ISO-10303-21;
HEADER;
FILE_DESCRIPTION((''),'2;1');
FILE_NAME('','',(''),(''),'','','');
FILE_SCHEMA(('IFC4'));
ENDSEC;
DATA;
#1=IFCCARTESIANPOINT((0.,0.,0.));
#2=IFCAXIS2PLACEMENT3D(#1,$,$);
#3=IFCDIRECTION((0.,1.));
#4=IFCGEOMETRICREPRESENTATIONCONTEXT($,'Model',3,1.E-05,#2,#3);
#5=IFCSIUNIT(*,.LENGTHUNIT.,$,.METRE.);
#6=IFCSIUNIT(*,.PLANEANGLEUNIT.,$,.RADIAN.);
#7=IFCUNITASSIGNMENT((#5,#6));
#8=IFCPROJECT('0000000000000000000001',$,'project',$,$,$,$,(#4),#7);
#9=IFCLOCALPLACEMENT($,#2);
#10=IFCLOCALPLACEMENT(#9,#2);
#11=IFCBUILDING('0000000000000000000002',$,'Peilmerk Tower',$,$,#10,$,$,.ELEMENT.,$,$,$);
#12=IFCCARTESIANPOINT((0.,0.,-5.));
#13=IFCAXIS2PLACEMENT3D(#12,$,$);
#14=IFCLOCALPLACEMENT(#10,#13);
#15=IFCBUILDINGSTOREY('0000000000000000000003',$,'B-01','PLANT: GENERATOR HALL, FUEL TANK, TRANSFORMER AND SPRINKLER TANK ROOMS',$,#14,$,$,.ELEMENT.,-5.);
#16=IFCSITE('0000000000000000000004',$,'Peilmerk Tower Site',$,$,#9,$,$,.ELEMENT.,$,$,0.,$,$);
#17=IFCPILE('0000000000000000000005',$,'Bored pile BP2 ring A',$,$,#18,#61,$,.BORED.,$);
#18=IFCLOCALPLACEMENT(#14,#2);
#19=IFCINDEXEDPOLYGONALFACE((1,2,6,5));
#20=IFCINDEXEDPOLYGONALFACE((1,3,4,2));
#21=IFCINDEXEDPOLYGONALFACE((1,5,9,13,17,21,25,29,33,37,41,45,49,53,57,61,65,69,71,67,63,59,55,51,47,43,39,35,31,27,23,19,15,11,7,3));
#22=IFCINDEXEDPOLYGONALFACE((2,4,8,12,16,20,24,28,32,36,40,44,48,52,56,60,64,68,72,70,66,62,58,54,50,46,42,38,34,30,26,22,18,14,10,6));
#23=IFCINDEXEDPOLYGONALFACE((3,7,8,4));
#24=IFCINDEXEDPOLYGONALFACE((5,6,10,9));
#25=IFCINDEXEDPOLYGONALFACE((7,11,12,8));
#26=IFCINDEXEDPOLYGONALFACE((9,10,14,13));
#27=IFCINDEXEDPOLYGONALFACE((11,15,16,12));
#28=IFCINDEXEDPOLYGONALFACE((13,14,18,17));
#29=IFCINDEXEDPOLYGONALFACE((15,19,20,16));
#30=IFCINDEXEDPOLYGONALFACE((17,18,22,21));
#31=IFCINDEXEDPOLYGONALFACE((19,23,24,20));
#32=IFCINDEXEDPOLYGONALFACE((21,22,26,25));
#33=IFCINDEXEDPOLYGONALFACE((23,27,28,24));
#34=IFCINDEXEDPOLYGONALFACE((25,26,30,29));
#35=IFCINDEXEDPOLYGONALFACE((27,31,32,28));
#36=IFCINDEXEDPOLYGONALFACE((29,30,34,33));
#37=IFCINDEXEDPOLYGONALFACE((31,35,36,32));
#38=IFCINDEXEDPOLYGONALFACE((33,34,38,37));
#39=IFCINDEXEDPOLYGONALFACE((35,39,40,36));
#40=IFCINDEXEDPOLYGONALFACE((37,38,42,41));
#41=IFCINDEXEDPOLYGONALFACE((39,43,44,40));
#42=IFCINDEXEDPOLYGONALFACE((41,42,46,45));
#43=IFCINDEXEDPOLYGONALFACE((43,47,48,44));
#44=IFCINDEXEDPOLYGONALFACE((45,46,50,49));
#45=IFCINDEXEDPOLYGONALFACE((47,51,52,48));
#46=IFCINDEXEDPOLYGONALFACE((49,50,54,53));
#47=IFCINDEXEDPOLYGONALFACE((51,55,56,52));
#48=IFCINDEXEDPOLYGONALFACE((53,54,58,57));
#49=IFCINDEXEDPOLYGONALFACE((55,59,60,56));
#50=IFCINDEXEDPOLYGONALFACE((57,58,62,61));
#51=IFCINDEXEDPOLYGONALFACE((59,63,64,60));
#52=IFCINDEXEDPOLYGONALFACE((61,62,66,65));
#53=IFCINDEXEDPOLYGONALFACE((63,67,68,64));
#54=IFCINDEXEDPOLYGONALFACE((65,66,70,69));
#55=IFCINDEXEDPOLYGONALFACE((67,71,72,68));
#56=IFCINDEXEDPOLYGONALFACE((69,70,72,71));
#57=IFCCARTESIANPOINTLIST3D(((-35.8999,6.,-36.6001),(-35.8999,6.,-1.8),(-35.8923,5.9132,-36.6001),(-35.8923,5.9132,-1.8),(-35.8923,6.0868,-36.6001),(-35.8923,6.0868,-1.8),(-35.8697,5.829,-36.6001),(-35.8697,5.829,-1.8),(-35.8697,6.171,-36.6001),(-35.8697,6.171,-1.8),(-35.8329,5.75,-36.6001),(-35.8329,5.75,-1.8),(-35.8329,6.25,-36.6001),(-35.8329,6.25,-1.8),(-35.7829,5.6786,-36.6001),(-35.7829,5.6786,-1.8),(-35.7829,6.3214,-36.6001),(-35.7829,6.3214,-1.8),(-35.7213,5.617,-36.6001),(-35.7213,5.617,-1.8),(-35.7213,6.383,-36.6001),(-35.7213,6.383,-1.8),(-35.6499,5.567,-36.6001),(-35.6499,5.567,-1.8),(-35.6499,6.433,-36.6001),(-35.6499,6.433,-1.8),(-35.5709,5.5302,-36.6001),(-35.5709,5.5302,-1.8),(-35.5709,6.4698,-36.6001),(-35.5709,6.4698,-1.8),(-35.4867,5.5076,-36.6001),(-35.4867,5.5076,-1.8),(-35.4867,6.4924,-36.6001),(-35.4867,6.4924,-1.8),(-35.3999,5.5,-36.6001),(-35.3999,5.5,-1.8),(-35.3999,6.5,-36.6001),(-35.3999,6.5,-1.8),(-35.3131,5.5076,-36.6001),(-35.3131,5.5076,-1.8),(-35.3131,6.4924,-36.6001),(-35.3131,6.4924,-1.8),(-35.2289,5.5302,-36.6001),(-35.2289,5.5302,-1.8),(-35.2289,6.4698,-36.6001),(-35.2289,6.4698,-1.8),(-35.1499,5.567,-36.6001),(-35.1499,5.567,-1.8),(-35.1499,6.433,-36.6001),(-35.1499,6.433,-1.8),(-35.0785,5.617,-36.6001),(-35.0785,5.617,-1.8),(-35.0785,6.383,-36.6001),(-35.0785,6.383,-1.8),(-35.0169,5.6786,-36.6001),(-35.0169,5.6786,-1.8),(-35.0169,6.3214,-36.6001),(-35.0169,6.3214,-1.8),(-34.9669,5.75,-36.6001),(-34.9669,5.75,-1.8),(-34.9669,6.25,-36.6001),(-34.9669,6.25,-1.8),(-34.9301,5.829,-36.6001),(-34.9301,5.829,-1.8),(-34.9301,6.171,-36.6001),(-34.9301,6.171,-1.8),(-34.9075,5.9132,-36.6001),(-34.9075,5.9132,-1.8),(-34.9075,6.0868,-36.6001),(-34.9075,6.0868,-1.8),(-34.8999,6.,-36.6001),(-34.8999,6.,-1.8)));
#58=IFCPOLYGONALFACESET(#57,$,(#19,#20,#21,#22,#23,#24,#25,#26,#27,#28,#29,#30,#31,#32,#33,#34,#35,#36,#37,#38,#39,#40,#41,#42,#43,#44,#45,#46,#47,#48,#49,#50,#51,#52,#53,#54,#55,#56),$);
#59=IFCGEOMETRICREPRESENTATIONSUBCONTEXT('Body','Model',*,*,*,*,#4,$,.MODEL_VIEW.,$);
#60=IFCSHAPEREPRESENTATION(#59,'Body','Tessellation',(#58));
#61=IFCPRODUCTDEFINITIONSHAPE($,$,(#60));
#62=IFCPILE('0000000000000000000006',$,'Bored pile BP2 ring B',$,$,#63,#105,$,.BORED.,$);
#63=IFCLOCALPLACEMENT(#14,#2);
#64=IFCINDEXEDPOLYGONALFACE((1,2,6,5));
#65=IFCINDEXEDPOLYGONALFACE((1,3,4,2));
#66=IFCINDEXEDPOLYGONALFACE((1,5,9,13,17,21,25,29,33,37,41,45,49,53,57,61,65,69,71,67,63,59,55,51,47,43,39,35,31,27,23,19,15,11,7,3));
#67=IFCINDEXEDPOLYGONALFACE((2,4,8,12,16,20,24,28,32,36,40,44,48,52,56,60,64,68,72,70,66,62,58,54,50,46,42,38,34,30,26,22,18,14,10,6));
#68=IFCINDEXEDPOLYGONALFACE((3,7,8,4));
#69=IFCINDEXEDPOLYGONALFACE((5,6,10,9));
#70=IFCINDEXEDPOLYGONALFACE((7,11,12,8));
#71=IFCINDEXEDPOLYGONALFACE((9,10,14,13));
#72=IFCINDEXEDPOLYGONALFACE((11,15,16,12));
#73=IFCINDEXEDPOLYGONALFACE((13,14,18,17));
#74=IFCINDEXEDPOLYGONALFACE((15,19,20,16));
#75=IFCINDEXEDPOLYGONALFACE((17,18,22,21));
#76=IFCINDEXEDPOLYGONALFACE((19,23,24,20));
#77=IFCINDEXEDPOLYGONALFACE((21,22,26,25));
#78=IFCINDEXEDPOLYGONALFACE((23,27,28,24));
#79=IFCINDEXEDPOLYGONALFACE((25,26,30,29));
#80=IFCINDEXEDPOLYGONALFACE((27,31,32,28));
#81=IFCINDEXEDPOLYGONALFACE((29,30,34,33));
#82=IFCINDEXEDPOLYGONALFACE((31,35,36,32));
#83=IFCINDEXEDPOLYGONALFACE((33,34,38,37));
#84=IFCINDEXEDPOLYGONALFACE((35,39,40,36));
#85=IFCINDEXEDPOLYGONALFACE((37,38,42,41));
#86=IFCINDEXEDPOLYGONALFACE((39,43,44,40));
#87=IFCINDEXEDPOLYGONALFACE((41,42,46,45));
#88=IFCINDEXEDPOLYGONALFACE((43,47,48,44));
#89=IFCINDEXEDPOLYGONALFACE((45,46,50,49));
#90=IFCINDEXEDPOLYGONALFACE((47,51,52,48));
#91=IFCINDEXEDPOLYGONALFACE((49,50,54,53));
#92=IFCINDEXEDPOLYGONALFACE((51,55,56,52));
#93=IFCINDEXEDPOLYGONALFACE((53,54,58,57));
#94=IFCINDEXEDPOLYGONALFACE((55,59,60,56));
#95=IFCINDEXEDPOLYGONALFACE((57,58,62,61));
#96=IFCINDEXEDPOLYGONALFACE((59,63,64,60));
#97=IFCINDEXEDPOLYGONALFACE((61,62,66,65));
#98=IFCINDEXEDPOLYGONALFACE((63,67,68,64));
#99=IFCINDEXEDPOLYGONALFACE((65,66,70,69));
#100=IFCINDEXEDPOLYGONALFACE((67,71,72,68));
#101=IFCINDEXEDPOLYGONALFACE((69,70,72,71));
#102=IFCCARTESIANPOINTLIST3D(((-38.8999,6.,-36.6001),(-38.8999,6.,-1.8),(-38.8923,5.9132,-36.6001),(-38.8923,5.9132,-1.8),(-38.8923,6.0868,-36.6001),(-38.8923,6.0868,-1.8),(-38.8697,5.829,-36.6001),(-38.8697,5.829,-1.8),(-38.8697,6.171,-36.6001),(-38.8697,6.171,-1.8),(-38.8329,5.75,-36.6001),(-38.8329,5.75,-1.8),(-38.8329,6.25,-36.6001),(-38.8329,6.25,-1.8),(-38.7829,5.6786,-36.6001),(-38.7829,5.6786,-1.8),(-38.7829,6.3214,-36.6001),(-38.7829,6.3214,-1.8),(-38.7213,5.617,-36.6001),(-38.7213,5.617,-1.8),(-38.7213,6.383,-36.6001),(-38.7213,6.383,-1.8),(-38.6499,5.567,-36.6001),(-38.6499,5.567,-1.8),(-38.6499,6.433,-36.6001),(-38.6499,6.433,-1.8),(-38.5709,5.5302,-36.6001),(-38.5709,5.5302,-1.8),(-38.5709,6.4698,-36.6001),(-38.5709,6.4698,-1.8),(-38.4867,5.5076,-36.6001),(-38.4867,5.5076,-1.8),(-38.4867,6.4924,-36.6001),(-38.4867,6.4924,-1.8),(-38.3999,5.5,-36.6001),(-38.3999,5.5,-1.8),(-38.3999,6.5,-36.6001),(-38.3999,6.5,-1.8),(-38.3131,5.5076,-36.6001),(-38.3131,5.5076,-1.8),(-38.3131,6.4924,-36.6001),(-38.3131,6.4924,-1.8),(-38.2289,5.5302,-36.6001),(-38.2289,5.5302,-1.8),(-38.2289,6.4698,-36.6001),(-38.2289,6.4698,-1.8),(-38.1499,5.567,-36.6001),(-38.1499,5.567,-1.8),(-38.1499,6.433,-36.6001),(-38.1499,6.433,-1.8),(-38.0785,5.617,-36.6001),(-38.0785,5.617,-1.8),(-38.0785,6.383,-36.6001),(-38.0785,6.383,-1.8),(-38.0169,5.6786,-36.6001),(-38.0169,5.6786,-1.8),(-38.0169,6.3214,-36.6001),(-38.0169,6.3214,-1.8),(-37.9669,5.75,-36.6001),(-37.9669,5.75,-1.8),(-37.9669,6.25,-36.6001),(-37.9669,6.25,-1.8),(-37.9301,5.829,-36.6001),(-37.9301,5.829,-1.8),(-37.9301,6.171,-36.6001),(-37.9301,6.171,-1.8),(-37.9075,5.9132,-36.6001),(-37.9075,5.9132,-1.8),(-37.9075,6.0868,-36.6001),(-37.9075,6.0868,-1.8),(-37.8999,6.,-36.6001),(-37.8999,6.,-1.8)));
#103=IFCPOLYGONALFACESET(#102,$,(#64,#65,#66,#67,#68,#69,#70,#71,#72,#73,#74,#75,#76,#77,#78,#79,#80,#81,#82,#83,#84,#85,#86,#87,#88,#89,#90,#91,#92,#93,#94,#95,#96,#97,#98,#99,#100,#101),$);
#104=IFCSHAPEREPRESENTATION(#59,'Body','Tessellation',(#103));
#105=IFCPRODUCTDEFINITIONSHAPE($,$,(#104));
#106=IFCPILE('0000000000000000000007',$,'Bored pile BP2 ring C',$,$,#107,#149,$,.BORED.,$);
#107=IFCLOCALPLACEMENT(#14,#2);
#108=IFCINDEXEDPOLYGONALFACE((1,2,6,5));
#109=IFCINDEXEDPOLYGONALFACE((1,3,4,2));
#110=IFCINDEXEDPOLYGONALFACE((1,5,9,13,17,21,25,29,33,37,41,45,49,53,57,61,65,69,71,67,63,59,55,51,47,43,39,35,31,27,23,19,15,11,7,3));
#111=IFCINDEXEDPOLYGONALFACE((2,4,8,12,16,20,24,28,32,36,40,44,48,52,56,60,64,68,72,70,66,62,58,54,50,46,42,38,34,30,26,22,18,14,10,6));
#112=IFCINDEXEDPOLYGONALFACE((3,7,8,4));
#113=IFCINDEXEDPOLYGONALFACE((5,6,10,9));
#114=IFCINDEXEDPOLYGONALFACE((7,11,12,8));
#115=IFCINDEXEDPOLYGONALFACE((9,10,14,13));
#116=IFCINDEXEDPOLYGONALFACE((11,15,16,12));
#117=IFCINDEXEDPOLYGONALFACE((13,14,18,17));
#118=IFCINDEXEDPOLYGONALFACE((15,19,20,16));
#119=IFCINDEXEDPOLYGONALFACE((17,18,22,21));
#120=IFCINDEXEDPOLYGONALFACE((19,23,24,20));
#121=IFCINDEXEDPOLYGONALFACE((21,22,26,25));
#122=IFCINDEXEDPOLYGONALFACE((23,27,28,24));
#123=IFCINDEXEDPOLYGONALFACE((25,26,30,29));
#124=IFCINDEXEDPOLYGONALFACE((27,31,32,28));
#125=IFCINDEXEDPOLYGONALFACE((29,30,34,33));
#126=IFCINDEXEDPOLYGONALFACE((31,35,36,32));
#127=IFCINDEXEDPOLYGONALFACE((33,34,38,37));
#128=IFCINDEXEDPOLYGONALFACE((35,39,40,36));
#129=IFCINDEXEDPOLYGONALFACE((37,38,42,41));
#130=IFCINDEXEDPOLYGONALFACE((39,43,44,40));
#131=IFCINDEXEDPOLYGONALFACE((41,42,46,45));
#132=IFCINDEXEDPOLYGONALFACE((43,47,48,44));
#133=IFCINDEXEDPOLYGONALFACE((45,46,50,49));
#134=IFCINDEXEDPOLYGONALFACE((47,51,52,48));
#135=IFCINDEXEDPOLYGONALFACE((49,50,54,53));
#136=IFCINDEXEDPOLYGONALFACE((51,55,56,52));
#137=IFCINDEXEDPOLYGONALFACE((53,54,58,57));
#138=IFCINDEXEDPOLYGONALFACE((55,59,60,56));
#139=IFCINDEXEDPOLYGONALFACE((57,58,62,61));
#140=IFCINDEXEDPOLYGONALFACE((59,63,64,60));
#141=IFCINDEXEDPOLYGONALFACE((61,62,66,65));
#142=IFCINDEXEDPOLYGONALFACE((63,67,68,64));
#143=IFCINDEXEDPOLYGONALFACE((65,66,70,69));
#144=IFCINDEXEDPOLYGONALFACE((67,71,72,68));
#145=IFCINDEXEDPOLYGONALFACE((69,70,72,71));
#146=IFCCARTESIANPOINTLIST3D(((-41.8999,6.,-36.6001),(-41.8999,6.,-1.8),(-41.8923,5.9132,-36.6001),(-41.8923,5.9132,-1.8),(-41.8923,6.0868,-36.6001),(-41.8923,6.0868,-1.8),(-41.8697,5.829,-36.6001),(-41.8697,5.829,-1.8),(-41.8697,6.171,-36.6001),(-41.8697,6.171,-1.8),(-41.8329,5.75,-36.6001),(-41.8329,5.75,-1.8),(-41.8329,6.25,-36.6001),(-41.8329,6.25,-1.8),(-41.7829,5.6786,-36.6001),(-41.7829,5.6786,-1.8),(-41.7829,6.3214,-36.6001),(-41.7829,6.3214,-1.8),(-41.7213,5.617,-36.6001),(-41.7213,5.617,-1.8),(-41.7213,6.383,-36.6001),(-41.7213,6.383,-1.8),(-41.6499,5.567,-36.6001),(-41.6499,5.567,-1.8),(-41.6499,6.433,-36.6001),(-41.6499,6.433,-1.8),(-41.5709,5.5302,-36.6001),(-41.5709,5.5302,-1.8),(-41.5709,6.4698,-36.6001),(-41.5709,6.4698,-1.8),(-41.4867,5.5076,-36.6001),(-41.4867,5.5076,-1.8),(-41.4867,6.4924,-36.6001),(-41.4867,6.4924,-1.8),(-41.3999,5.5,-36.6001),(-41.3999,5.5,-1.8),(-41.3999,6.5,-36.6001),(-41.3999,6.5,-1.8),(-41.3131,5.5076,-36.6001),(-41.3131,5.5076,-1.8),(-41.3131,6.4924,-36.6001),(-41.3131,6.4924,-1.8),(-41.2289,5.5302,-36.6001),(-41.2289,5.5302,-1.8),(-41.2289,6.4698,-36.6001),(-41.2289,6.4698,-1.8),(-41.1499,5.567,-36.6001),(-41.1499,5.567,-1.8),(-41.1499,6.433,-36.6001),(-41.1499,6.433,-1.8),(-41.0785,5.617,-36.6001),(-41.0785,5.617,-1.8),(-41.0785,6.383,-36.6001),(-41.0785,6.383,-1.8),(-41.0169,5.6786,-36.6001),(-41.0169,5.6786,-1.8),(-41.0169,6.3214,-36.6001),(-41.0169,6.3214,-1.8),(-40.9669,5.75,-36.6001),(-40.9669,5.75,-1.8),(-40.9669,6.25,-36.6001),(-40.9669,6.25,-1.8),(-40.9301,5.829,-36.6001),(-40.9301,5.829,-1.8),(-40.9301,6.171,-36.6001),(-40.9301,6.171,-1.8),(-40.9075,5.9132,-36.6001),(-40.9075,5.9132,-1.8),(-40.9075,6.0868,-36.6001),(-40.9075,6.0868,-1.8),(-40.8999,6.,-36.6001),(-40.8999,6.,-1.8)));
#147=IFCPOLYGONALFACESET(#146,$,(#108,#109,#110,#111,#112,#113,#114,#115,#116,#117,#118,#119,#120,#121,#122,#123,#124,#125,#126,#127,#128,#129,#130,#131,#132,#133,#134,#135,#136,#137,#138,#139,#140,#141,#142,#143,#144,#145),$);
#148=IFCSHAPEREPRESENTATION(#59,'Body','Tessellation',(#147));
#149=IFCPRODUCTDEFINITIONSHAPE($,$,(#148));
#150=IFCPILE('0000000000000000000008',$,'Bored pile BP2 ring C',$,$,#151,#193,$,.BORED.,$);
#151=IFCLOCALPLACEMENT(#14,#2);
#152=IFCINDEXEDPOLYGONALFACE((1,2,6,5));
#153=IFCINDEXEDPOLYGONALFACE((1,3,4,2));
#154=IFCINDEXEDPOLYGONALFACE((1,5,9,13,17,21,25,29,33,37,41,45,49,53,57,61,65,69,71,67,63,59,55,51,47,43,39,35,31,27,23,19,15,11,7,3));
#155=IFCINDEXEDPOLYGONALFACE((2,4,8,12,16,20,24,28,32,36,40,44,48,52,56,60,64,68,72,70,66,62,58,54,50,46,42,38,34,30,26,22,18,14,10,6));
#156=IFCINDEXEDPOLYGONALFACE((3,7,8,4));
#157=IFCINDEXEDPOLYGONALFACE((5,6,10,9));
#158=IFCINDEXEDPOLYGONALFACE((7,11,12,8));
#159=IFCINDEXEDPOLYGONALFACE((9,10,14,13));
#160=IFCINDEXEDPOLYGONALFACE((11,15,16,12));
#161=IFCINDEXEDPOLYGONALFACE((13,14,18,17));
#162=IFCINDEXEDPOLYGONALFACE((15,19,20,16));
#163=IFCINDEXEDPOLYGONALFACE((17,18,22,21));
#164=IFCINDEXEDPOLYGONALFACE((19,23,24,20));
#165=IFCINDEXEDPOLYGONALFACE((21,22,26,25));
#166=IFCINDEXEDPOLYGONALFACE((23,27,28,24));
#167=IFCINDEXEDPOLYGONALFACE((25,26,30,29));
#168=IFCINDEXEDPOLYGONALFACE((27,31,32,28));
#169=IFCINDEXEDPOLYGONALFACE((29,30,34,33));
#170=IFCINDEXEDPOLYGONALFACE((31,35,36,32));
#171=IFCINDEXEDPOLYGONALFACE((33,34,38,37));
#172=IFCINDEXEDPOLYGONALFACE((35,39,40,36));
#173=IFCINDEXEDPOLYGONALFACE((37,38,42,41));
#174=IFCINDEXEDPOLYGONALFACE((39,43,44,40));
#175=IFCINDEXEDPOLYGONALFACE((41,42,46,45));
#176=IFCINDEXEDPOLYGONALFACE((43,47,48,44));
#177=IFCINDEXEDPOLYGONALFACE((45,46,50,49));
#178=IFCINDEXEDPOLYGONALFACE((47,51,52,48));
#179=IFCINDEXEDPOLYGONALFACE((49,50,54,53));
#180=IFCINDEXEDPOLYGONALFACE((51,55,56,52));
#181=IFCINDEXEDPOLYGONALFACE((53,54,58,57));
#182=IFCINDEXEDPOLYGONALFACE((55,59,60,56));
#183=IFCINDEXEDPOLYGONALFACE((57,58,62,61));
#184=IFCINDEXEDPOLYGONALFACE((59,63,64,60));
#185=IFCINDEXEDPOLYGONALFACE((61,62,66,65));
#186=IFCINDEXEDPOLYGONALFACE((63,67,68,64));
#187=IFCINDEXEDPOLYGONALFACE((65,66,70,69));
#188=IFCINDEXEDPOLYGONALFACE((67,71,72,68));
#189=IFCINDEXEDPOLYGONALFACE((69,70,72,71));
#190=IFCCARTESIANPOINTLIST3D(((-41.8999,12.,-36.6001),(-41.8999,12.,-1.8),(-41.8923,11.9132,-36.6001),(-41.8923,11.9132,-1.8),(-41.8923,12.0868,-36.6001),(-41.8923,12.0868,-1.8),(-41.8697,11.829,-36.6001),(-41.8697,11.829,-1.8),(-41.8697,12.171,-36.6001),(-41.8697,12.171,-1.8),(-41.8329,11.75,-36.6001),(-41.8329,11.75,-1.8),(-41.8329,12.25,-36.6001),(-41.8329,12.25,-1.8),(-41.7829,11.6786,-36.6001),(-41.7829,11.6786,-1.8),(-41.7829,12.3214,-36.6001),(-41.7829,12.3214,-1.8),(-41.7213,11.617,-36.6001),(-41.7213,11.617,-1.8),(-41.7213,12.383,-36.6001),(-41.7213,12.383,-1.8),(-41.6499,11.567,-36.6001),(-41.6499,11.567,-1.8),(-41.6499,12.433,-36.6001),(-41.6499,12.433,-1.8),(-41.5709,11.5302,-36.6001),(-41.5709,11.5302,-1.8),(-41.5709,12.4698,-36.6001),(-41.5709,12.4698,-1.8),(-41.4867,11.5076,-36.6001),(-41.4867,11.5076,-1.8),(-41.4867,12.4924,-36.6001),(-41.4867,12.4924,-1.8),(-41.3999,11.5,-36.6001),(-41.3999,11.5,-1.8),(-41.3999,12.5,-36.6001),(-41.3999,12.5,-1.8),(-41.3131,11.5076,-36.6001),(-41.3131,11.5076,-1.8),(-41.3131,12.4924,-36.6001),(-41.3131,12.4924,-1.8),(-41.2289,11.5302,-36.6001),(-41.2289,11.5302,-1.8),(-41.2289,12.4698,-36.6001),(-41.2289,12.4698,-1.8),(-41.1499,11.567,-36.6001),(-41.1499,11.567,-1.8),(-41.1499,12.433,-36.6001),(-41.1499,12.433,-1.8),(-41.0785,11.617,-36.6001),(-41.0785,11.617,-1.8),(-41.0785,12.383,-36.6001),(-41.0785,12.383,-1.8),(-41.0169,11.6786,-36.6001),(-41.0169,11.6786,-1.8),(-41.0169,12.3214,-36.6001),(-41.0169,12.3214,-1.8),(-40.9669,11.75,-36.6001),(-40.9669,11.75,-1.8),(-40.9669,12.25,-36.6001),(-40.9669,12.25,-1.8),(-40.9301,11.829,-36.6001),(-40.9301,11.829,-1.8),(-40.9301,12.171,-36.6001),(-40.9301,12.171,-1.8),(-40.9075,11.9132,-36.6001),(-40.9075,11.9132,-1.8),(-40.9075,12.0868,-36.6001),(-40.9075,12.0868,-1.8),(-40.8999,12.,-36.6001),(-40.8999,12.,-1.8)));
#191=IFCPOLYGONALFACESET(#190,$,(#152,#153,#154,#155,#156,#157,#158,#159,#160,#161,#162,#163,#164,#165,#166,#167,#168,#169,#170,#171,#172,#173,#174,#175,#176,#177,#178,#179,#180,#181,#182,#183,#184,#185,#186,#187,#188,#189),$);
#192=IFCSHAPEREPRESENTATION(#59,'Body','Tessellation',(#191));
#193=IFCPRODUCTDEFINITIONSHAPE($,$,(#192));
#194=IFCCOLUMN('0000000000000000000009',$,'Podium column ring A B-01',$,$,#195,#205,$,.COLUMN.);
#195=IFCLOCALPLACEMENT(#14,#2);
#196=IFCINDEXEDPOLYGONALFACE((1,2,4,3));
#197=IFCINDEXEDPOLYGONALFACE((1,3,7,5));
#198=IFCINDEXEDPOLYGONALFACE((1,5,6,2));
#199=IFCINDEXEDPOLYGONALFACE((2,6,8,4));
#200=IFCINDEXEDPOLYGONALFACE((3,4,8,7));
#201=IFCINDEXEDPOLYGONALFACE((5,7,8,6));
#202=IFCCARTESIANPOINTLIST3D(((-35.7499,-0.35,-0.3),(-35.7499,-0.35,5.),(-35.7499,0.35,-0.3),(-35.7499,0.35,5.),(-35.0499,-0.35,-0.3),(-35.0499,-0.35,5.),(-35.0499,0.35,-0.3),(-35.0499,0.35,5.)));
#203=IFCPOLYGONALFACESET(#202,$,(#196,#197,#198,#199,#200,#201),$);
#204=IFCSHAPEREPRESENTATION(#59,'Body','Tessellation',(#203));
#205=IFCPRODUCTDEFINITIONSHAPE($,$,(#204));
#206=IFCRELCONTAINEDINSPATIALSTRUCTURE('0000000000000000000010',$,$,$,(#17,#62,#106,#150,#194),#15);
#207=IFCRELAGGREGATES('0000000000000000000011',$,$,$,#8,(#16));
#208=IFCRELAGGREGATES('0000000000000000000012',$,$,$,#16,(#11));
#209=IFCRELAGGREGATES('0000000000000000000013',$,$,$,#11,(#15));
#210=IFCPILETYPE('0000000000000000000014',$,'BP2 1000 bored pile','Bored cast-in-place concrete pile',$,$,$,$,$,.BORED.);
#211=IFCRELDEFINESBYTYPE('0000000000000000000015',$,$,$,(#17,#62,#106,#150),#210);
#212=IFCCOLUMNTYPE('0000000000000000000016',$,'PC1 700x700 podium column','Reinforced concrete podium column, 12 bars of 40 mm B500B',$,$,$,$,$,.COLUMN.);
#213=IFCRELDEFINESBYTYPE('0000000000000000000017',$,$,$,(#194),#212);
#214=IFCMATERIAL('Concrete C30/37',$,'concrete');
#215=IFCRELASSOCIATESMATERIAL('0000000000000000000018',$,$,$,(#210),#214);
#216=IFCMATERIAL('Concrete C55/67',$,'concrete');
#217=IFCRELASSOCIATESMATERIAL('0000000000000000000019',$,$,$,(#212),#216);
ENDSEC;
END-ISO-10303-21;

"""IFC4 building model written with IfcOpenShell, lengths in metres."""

from ifc_helpers import new_model, si_unit, direction, frame, origin, origin_2d, place, context, subcontext, project, spatial, rectangle, circle, extrude, material, material_profile, profile_set, type_object, element, save


model = new_model("IFC4")

# Units and contexts
model_context = context("Model", 3, precision=1e-05, world=origin(), true_north=direction((0.0, 1.0)))
body_context = subcontext(model_context, "Body", "Model", "MODEL_VIEW")
ifc_project = project(units=[si_unit("LENGTHUNIT", "METRE"), si_unit("PLANEANGLEUNIT", "RADIAN")], contexts=[model_context])

# Site, building, storey
site_placement = place(None, origin())
site = spatial("IfcSite", under=ifc_project, at=site_placement, Name="Peilmerk Tower Site", CompositionType="ELEMENT", RefElevation=0.0)
building_placement = place(site_placement, origin())
building = spatial("IfcBuilding", under=site, at=building_placement, Name="Peilmerk Tower", CompositionType="ELEMENT")
storey_placement = place(building_placement, frame((0.0, 0.0, -5.0)))
storey = spatial("IfcBuildingStorey", under=building, at=storey_placement, Name="B-01", Description="PLANT: GENERATOR HALL, FUEL TANK, TRANSFORMER AND SPRINKLER TANK ROOMS", CompositionType="ELEMENT", Elevation=-5.0)

# Piles
ifc_material_1 = material(Name="Concrete C30/37", Category="concrete")
ifc_material_profile_1 = material_profile(ifc_material_1, circle(Radius=0.5, at=origin_2d()), Name="BP 1000")
ifc_profile_set_1 = profile_set([ifc_material_profile_1], Name="Concrete C30/37")
pile_type_1 = type_object("IfcPileType", Name="BP2 1000 bored pile", Description="Bored cast-in-place concrete pile", PredefinedType="BORED", material=ifc_profile_set_1)
for number, where, z_axis, x_axis, name in (
    (1, (-35.3999, 6.0, -1.8), (0.0, 0.0, -1.0), (1.0, 0.0, 0.0), "Bored pile BP2 ring A"),
    (2, (-38.3999, 6.0, -1.8), (0.0, 0.0, -1.0), (1.0, 0.0, 0.0), "Bored pile BP2 ring B"),
    (3, (-41.3999, 6.0, -1.8), (0.0, 0.0, -1.0), (1.0, 0.0, 0.0), "Bored pile BP2 ring C"),
    (4, (-41.3999, 12.0, -1.8), (0.0, 0.0, -1.0), (1.0, 0.0, 0.0), "Bored pile BP2 ring C"),
):
    element("IfcPile", number, at=place(storey_placement, frame(where, z_axis=z_axis, x_axis=x_axis)), inside=storey, type_object=pile_type_1, Name=name, PredefinedType="BORED", context=body_context, shape_type="SweptSolid", body=[
        extrude(circle(Radius=0.5, at=origin_2d()), origin(), (0.0, 0.0, 1.0), 34.8),
    ])

# Column
ifc_material_2 = material(Name="Concrete C55/67", Category="concrete")
ifc_material_profile_2 = material_profile(ifc_material_2, rectangle(XDim=0.7, YDim=0.7, at=origin_2d()), Name="RC 700x700")
ifc_profile_set_2 = profile_set([ifc_material_profile_2], Name="Concrete C55/67")
column_type_1 = type_object("IfcColumnType", Name="PC1 700x700 podium column", Description="Reinforced concrete podium column, 12 bars of 40 mm B500B", PredefinedType="COLUMN", material=ifc_profile_set_2)
for number, where, z_axis, x_axis, name in (
    (5, (-35.3999, 0.0, -0.3), (0.0, 0.0, 1.0), (1.0, 0.0, 0.0), "Podium column ring A B-01"),
):
    element("IfcColumn", number, at=place(storey_placement, frame(where, z_axis=z_axis, x_axis=x_axis)), inside=storey, type_object=column_type_1, Name=name, PredefinedType="COLUMN", context=body_context, shape_type="SweptSolid", body=[
        extrude(rectangle(XDim=0.7, YDim=0.7, at=origin_2d()), origin(), (0.0, 0.0, 1.0), 5.3),
    ])

save(model, "model.ifc")
